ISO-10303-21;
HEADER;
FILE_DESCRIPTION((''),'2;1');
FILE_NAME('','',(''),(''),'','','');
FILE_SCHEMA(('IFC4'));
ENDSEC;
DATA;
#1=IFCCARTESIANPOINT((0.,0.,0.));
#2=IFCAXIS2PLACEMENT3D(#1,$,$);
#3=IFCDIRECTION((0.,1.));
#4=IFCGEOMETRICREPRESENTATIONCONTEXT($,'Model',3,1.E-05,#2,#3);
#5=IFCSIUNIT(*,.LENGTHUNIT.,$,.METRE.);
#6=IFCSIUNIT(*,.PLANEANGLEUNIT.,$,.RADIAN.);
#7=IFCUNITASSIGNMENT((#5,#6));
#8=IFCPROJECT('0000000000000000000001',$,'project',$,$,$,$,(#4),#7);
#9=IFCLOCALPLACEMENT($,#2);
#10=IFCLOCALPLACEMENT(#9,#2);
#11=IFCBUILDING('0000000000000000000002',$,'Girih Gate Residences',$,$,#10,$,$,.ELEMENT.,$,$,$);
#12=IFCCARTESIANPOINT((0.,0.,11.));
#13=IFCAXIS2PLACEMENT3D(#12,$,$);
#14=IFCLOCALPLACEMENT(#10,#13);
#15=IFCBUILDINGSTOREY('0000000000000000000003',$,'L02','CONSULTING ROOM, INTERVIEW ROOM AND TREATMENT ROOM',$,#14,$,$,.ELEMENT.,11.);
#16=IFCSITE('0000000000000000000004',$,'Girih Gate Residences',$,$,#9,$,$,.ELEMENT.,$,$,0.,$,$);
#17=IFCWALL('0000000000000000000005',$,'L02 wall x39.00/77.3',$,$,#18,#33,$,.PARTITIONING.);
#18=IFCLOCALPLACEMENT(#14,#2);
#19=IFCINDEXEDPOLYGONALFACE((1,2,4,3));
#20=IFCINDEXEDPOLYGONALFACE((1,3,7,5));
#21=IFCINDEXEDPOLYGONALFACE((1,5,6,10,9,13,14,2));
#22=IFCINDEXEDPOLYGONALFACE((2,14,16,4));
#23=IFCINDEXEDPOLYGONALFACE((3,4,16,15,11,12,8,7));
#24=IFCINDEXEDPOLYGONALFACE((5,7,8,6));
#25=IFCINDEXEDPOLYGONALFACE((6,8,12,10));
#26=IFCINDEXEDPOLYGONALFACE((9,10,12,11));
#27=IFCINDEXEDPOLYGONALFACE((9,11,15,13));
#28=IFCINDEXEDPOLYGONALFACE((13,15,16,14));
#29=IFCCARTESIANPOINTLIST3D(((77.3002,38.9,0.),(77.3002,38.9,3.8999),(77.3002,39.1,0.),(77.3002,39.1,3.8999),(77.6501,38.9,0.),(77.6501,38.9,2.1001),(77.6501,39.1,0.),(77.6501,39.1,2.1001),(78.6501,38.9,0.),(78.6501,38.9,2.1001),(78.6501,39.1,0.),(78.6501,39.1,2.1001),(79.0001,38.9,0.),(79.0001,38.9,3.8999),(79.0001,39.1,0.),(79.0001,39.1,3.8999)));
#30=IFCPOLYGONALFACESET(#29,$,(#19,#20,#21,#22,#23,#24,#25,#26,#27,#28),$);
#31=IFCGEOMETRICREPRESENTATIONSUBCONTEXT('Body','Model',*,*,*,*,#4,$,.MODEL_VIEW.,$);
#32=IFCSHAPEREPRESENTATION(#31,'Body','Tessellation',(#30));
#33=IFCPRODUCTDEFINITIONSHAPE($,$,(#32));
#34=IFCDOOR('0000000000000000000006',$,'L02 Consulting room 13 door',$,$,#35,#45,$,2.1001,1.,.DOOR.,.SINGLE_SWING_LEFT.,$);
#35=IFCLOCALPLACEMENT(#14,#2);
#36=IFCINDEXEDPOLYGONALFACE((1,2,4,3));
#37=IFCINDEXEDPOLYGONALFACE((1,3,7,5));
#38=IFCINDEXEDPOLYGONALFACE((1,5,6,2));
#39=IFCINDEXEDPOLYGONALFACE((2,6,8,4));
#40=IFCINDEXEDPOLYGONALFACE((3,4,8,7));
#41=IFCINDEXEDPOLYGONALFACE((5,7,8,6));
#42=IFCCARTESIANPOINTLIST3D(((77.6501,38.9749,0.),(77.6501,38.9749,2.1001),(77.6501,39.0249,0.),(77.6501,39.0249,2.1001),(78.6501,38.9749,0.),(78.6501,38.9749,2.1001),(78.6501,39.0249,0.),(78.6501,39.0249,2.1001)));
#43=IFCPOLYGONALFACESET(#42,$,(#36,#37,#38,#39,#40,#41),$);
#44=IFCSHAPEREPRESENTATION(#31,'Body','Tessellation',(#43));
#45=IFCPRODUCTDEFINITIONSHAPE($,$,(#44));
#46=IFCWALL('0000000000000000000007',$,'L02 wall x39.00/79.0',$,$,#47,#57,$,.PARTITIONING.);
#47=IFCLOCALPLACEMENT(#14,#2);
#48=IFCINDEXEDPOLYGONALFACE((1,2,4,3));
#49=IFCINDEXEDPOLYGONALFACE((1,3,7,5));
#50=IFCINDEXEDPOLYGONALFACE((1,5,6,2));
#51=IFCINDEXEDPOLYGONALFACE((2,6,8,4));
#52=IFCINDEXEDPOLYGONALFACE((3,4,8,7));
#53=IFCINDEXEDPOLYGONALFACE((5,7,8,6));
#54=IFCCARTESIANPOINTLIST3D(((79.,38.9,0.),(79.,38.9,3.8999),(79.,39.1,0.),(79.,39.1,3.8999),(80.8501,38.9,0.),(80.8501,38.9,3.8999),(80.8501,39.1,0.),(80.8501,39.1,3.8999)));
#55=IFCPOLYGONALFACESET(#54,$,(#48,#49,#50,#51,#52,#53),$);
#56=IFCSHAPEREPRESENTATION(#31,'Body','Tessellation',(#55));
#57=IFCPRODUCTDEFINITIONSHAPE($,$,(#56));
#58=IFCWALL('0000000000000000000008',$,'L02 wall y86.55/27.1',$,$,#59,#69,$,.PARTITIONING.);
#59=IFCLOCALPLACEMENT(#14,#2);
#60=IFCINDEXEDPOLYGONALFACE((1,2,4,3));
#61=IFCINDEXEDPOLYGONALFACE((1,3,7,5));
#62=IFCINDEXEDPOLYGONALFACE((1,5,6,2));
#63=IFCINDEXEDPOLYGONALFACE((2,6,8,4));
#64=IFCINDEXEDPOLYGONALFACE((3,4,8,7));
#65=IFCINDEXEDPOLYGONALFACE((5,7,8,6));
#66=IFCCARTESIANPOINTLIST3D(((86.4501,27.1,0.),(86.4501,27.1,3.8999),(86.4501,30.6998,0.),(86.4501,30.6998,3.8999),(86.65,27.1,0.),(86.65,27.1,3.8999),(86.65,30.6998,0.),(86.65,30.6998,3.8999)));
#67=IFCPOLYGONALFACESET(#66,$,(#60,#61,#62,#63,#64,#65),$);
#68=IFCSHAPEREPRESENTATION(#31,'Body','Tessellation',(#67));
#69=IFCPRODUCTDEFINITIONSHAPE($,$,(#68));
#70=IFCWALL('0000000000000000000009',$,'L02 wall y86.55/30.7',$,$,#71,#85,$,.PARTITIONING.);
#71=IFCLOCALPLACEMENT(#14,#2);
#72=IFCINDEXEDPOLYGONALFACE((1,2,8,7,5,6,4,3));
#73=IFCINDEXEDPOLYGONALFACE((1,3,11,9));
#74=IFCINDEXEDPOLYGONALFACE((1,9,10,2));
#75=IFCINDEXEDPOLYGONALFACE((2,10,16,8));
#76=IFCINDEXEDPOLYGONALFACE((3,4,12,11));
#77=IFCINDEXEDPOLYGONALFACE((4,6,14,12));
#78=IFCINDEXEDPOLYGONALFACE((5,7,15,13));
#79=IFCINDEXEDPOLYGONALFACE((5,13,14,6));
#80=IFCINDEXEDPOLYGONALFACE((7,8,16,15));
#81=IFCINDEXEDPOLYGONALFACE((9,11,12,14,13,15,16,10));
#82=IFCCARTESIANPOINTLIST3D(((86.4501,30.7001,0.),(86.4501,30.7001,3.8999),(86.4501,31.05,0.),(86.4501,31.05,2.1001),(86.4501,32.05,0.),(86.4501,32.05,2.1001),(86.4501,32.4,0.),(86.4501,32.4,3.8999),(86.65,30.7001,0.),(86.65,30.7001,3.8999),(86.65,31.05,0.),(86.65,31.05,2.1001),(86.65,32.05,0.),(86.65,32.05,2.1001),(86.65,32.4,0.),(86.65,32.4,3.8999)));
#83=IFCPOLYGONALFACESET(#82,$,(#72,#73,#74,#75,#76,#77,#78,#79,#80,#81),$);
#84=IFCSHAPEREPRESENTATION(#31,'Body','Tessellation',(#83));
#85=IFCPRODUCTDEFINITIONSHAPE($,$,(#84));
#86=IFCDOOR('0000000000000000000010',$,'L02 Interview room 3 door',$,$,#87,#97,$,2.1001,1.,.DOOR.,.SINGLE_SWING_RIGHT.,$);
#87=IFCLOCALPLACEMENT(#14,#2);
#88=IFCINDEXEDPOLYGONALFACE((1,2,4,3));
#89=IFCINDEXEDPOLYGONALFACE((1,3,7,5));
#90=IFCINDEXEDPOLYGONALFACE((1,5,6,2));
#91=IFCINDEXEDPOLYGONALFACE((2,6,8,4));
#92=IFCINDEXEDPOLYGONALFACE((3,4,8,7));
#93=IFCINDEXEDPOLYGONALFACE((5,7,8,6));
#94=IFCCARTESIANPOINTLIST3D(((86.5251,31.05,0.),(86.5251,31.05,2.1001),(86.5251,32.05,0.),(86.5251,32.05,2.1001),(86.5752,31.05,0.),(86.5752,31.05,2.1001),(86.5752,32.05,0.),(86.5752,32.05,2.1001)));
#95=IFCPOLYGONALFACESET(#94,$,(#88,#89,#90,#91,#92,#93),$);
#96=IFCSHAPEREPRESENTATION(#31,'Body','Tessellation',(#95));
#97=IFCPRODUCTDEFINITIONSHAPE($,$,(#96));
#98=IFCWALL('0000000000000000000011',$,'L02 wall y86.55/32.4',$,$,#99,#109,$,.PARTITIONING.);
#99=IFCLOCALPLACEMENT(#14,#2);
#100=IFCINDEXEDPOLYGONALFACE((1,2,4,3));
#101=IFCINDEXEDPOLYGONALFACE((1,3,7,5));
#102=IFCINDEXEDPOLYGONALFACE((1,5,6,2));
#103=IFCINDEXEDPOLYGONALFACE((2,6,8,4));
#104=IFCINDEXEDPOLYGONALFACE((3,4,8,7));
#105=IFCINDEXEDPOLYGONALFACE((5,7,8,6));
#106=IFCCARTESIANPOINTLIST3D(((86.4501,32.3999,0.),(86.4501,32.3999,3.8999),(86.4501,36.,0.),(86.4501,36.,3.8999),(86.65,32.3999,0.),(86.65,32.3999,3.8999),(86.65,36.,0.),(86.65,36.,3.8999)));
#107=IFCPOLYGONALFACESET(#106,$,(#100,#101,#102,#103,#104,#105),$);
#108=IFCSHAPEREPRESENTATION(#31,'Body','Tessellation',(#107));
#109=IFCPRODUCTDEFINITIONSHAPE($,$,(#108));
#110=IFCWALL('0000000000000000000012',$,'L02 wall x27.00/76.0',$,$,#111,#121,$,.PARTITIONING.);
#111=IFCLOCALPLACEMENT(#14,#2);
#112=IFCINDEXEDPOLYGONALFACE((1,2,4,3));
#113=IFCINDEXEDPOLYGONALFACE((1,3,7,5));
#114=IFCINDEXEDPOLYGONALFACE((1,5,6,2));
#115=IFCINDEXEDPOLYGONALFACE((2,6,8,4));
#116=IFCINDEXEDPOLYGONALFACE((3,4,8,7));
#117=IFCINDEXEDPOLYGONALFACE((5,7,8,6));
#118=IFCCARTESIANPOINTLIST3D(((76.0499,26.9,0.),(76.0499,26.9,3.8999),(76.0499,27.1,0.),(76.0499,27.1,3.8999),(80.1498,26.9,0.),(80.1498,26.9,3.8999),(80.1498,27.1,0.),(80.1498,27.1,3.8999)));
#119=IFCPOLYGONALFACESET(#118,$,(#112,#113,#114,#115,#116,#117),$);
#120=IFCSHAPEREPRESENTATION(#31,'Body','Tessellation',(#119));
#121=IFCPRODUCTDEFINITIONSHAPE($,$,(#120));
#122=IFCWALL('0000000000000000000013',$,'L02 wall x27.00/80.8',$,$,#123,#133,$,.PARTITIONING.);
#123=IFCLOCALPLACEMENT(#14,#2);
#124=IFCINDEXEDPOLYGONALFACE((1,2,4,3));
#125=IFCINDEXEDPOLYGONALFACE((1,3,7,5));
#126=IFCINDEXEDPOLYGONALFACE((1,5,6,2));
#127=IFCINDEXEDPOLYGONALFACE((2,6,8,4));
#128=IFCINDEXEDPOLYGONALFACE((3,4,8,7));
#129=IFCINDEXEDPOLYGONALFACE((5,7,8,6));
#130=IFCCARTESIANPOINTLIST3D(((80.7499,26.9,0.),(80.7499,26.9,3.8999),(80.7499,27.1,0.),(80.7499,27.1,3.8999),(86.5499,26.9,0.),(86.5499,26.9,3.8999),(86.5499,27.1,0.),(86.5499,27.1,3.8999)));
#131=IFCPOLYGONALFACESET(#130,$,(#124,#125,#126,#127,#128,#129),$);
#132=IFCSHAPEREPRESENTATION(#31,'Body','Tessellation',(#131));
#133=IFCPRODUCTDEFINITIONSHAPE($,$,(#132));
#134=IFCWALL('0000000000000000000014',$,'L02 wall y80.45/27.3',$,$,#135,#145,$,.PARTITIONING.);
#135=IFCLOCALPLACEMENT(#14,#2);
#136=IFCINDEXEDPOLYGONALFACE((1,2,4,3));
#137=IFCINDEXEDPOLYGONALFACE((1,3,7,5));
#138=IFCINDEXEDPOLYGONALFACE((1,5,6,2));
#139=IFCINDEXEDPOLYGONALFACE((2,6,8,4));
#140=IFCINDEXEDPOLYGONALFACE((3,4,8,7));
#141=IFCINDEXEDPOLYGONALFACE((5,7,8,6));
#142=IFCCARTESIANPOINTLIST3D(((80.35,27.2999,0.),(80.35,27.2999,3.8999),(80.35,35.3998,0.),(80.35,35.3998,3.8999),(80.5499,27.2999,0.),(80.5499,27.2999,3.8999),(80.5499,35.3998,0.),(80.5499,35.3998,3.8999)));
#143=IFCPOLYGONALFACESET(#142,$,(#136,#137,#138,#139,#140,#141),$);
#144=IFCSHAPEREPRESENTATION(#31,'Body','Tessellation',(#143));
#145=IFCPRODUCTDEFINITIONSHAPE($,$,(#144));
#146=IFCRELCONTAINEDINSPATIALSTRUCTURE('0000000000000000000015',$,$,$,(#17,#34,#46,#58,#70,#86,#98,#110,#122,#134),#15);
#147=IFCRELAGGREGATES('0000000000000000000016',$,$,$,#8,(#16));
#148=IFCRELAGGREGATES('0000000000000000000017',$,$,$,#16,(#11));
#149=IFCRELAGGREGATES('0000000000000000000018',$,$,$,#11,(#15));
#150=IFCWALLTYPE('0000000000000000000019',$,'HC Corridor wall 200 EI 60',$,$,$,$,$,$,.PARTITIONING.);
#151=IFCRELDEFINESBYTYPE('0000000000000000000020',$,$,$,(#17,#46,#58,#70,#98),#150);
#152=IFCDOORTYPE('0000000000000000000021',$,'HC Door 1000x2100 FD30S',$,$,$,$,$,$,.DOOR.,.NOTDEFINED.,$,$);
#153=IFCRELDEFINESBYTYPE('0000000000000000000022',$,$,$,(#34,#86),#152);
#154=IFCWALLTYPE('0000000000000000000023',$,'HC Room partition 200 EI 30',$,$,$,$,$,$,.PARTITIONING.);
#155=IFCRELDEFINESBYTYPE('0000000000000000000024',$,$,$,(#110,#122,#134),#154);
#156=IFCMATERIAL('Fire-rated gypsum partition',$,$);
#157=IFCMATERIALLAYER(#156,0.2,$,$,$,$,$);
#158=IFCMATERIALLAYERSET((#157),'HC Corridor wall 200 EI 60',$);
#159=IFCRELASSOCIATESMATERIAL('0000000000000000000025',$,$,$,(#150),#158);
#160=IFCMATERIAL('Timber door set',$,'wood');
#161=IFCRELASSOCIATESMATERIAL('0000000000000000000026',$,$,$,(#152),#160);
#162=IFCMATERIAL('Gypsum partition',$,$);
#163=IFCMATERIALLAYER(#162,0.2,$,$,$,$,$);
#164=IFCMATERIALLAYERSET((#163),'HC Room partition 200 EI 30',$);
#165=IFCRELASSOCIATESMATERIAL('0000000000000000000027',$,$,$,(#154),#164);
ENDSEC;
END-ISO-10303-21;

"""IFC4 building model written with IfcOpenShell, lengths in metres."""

from ifc_helpers import new_model, si_unit, direction, frame, frame_2d, origin, place, context, subcontext, project, spatial, rectangle, extrude, material, layer, layer_set, type_object, element, fill, save


model = new_model("IFC4")

# Units and contexts
model_context = context("Model", 3, precision=1e-05, world=origin(), true_north=direction((0.0, 1.0)))
body_context = subcontext(model_context, "Body", "Model", "MODEL_VIEW")
ifc_project = project(units=[si_unit("LENGTHUNIT", "METRE"), si_unit("PLANEANGLEUNIT", "RADIAN")], contexts=[model_context])

# Site, building, storey
site_placement = place(None, origin())
site = spatial("IfcSite", under=ifc_project, at=site_placement, Name="Girih Gate Residences", CompositionType="ELEMENT", RefElevation=0.0)
building_placement = place(site_placement, origin())
building = spatial("IfcBuilding", under=site, at=building_placement, Name="Girih Gate Residences", CompositionType="ELEMENT")
storey_placement = place(building_placement, frame((0.0, 0.0, 11.0)))
storey = spatial("IfcBuildingStorey", under=building, at=storey_placement, Name="L02", Description="CONSULTING ROOM, INTERVIEW ROOM AND TREATMENT ROOM", CompositionType="ELEMENT", Elevation=11.0)

# Shared definitions
ifc_material_1 = material(Name="Fire-rated gypsum partition")
ifc_layer_1 = layer(ifc_material_1, 0.2)
ifc_layer_set_1 = layer_set([ifc_layer_1], Name="HC Corridor wall 200 EI 60")
wall_type_1 = type_object("IfcWallType", Name="HC Corridor wall 200 EI 60", PredefinedType="PARTITIONING", material=ifc_layer_set_1)

# Shared definitions
ifc_material_2 = material(Name="Timber door set", Category="wood")
door_type = type_object("IfcDoorType", Name="HC Door 1000x2100 FD30S", OperationType="NOTDEFINED", PredefinedType="DOOR", material=ifc_material_2)

# Wall, opening, door
wall_1_placement = place(storey_placement, frame((77.3, 39.0, 0.0), z_axis=(0.0, 0.0, 1.0), x_axis=(1.0, 0.0, 0.0)))
wall_1 = element("IfcWall", 1, at=wall_1_placement, inside=storey, type_object=wall_type_1, Name="L02 wall x39.00/77.3", PredefinedType="PARTITIONING", context=body_context, shape_type="SweptSolid", body=[
    extrude(rectangle(XDim=1.7, YDim=0.2, at=frame_2d((0.8501, 0.0))), origin(), (0.0, 0.0, 1.0), 3.8999),
])
opening_1_placement = place(wall_1_placement, frame((0.3501, 0.0, 0.0)))
opening_1 = element("IfcOpeningElement", 2, at=opening_1_placement, cuts=wall_1, PredefinedType="OPENING", context=body_context, shape_type="SweptSolid", body=[
    extrude(rectangle(XDim=1.0, YDim=2.1001, at=frame_2d((0.5, 1.05))), frame((0.0, 0.1099, 0.0), z_axis=(0.0, -1.0, 0.0), x_axis=(1.0, 0.0, 0.0)), (0.0, 0.0, 1.0), 0.22),
])
door_1_placement = place(opening_1_placement, origin())
door_1 = element("IfcDoor", 3, at=door_1_placement, inside=storey, type_object=door_type, Name="L02 Consulting room 13 door", OperationType="SINGLE_SWING_LEFT", OverallHeight=2.1001, OverallWidth=1.0, PredefinedType="DOOR", context=body_context, shape_type="SweptSolid", body=[
    extrude(rectangle(XDim=1.0, YDim=2.1001, at=frame_2d((0.5, 1.05))), frame((0.0, 0.0249, 0.0), z_axis=(0.0, -1.0, 0.0), x_axis=(1.0, 0.0, 0.0)), (0.0, 0.0, 1.0), 0.05),
])
fill(opening_1, door_1)

# Walls
wall_2_placement = place(storey_placement, frame((79.0, 39.0, 0.0), z_axis=(0.0, 0.0, 1.0), x_axis=(1.0, 0.0, 0.0)))
element("IfcWall", 4, at=wall_2_placement, inside=storey, type_object=wall_type_1, Name="L02 wall x39.00/79.0", PredefinedType="PARTITIONING", context=body_context, shape_type="SweptSolid", body=[
    extrude(rectangle(XDim=1.8501, YDim=0.2, at=frame_2d((0.925, 0.0))), origin(), (0.0, 0.0, 1.0), 3.8999),
])
wall_3_placement = place(storey_placement, frame((86.55, 27.1001, 0.0), z_axis=(0.0, 0.0, 1.0), x_axis=(0.0, 1.0, 0.0)))
element("IfcWall", 5, at=wall_3_placement, inside=storey, type_object=wall_type_1, Name="L02 wall y86.55/27.1", PredefinedType="PARTITIONING", context=body_context, shape_type="SweptSolid", body=[
    extrude(rectangle(XDim=3.5999, YDim=0.2, at=frame_2d((1.7998, 0.0))), origin(), (0.0, 0.0, 1.0), 3.8999),
])

# Wall, opening, door
wall_4_placement = place(storey_placement, frame((86.55, 30.7, 0.0), z_axis=(0.0, 0.0, 1.0), x_axis=(0.0, 1.0, 0.0)))
wall_4 = element("IfcWall", 6, at=wall_4_placement, inside=storey, type_object=wall_type_1, Name="L02 wall y86.55/30.7", PredefinedType="PARTITIONING", context=body_context, shape_type="SweptSolid", body=[
    extrude(rectangle(XDim=1.7, YDim=0.2, at=frame_2d((0.8501, 0.0))), origin(), (0.0, 0.0, 1.0), 3.8999),
])
opening_2_placement = place(wall_4_placement, frame((0.3501, 0.0, 0.0)))
opening_2 = element("IfcOpeningElement", 7, at=opening_2_placement, cuts=wall_4, PredefinedType="OPENING", context=body_context, shape_type="SweptSolid", body=[
    extrude(rectangle(XDim=1.0, YDim=2.1001, at=frame_2d((0.5, 1.05))), frame((0.0, 0.1099, 0.0), z_axis=(0.0, -1.0, 0.0), x_axis=(1.0, 0.0, 0.0)), (0.0, 0.0, 1.0), 0.22),
])
door_2_placement = place(opening_2_placement, origin())
door_2 = element("IfcDoor", 8, at=door_2_placement, inside=storey, type_object=door_type, Name="L02 Interview room 3 door", OperationType="SINGLE_SWING_RIGHT", OverallHeight=2.1001, OverallWidth=1.0, PredefinedType="DOOR", context=body_context, shape_type="SweptSolid", body=[
    extrude(rectangle(XDim=1.0, YDim=2.1001, at=frame_2d((0.5, 1.05))), frame((0.0, 0.0249, 0.0), z_axis=(0.0, -1.0, 0.0), x_axis=(1.0, 0.0, 0.0)), (0.0, 0.0, 1.0), 0.05),
])
fill(opening_2, door_2)

# Walls
wall_5_placement = place(storey_placement, frame((86.55, 32.3999, 0.0), z_axis=(0.0, 0.0, 1.0), x_axis=(0.0, 1.0, 0.0)))
element("IfcWall", 9, at=wall_5_placement, inside=storey, type_object=wall_type_1, Name="L02 wall y86.55/32.4", PredefinedType="PARTITIONING", context=body_context, shape_type="SweptSolid", body=[
    extrude(rectangle(XDim=3.6001, YDim=0.2, at=frame_2d((1.8, 0.0))), origin(), (0.0, 0.0, 1.0), 3.8999),
])
ifc_material_3 = material(Name="Gypsum partition")
ifc_layer_2 = layer(ifc_material_3, 0.2)
ifc_layer_set_2 = layer_set([ifc_layer_2], Name="HC Room partition 200 EI 30")
wall_type_2 = type_object("IfcWallType", Name="HC Room partition 200 EI 30", PredefinedType="PARTITIONING", material=ifc_layer_set_2)
wall_6_placement = place(storey_placement, frame((76.05, 27.0, 0.0), z_axis=(0.0, 0.0, 1.0), x_axis=(1.0, 0.0, 0.0)))
element("IfcWall", 10, at=wall_6_placement, inside=storey, type_object=wall_type_2, Name="L02 wall x27.00/76.0", PredefinedType="PARTITIONING", context=body_context, shape_type="SweptSolid", body=[
    extrude(rectangle(XDim=4.0999, YDim=0.2, at=frame_2d((2.0498, 0.0))), origin(), (0.0, 0.0, 1.0), 3.8999),
])
wall_7_placement = place(storey_placement, frame((80.75, 27.0, 0.0), z_axis=(0.0, 0.0, 1.0), x_axis=(1.0, 0.0, 0.0)))
element("IfcWall", 11, at=wall_7_placement, inside=storey, type_object=wall_type_2, Name="L02 wall x27.00/80.8", PredefinedType="PARTITIONING", context=body_context, shape_type="SweptSolid", body=[
    extrude(rectangle(XDim=5.8, YDim=0.2, at=frame_2d((2.8999, 0.0))), origin(), (0.0, 0.0, 1.0), 3.8999),
])
wall_8_placement = place(storey_placement, frame((80.45, 27.3, 0.0), z_axis=(0.0, 0.0, 1.0), x_axis=(0.0, 1.0, 0.0)))
element("IfcWall", 12, at=wall_8_placement, inside=storey, type_object=wall_type_2, Name="L02 wall y80.45/27.3", PredefinedType="PARTITIONING", context=body_context, shape_type="SweptSolid", body=[
    extrude(rectangle(XDim=8.0999, YDim=0.2, at=frame_2d((4.0498, 0.0))), origin(), (0.0, 0.0, 1.0), 3.8999),
])

save(model, "model.ifc")
